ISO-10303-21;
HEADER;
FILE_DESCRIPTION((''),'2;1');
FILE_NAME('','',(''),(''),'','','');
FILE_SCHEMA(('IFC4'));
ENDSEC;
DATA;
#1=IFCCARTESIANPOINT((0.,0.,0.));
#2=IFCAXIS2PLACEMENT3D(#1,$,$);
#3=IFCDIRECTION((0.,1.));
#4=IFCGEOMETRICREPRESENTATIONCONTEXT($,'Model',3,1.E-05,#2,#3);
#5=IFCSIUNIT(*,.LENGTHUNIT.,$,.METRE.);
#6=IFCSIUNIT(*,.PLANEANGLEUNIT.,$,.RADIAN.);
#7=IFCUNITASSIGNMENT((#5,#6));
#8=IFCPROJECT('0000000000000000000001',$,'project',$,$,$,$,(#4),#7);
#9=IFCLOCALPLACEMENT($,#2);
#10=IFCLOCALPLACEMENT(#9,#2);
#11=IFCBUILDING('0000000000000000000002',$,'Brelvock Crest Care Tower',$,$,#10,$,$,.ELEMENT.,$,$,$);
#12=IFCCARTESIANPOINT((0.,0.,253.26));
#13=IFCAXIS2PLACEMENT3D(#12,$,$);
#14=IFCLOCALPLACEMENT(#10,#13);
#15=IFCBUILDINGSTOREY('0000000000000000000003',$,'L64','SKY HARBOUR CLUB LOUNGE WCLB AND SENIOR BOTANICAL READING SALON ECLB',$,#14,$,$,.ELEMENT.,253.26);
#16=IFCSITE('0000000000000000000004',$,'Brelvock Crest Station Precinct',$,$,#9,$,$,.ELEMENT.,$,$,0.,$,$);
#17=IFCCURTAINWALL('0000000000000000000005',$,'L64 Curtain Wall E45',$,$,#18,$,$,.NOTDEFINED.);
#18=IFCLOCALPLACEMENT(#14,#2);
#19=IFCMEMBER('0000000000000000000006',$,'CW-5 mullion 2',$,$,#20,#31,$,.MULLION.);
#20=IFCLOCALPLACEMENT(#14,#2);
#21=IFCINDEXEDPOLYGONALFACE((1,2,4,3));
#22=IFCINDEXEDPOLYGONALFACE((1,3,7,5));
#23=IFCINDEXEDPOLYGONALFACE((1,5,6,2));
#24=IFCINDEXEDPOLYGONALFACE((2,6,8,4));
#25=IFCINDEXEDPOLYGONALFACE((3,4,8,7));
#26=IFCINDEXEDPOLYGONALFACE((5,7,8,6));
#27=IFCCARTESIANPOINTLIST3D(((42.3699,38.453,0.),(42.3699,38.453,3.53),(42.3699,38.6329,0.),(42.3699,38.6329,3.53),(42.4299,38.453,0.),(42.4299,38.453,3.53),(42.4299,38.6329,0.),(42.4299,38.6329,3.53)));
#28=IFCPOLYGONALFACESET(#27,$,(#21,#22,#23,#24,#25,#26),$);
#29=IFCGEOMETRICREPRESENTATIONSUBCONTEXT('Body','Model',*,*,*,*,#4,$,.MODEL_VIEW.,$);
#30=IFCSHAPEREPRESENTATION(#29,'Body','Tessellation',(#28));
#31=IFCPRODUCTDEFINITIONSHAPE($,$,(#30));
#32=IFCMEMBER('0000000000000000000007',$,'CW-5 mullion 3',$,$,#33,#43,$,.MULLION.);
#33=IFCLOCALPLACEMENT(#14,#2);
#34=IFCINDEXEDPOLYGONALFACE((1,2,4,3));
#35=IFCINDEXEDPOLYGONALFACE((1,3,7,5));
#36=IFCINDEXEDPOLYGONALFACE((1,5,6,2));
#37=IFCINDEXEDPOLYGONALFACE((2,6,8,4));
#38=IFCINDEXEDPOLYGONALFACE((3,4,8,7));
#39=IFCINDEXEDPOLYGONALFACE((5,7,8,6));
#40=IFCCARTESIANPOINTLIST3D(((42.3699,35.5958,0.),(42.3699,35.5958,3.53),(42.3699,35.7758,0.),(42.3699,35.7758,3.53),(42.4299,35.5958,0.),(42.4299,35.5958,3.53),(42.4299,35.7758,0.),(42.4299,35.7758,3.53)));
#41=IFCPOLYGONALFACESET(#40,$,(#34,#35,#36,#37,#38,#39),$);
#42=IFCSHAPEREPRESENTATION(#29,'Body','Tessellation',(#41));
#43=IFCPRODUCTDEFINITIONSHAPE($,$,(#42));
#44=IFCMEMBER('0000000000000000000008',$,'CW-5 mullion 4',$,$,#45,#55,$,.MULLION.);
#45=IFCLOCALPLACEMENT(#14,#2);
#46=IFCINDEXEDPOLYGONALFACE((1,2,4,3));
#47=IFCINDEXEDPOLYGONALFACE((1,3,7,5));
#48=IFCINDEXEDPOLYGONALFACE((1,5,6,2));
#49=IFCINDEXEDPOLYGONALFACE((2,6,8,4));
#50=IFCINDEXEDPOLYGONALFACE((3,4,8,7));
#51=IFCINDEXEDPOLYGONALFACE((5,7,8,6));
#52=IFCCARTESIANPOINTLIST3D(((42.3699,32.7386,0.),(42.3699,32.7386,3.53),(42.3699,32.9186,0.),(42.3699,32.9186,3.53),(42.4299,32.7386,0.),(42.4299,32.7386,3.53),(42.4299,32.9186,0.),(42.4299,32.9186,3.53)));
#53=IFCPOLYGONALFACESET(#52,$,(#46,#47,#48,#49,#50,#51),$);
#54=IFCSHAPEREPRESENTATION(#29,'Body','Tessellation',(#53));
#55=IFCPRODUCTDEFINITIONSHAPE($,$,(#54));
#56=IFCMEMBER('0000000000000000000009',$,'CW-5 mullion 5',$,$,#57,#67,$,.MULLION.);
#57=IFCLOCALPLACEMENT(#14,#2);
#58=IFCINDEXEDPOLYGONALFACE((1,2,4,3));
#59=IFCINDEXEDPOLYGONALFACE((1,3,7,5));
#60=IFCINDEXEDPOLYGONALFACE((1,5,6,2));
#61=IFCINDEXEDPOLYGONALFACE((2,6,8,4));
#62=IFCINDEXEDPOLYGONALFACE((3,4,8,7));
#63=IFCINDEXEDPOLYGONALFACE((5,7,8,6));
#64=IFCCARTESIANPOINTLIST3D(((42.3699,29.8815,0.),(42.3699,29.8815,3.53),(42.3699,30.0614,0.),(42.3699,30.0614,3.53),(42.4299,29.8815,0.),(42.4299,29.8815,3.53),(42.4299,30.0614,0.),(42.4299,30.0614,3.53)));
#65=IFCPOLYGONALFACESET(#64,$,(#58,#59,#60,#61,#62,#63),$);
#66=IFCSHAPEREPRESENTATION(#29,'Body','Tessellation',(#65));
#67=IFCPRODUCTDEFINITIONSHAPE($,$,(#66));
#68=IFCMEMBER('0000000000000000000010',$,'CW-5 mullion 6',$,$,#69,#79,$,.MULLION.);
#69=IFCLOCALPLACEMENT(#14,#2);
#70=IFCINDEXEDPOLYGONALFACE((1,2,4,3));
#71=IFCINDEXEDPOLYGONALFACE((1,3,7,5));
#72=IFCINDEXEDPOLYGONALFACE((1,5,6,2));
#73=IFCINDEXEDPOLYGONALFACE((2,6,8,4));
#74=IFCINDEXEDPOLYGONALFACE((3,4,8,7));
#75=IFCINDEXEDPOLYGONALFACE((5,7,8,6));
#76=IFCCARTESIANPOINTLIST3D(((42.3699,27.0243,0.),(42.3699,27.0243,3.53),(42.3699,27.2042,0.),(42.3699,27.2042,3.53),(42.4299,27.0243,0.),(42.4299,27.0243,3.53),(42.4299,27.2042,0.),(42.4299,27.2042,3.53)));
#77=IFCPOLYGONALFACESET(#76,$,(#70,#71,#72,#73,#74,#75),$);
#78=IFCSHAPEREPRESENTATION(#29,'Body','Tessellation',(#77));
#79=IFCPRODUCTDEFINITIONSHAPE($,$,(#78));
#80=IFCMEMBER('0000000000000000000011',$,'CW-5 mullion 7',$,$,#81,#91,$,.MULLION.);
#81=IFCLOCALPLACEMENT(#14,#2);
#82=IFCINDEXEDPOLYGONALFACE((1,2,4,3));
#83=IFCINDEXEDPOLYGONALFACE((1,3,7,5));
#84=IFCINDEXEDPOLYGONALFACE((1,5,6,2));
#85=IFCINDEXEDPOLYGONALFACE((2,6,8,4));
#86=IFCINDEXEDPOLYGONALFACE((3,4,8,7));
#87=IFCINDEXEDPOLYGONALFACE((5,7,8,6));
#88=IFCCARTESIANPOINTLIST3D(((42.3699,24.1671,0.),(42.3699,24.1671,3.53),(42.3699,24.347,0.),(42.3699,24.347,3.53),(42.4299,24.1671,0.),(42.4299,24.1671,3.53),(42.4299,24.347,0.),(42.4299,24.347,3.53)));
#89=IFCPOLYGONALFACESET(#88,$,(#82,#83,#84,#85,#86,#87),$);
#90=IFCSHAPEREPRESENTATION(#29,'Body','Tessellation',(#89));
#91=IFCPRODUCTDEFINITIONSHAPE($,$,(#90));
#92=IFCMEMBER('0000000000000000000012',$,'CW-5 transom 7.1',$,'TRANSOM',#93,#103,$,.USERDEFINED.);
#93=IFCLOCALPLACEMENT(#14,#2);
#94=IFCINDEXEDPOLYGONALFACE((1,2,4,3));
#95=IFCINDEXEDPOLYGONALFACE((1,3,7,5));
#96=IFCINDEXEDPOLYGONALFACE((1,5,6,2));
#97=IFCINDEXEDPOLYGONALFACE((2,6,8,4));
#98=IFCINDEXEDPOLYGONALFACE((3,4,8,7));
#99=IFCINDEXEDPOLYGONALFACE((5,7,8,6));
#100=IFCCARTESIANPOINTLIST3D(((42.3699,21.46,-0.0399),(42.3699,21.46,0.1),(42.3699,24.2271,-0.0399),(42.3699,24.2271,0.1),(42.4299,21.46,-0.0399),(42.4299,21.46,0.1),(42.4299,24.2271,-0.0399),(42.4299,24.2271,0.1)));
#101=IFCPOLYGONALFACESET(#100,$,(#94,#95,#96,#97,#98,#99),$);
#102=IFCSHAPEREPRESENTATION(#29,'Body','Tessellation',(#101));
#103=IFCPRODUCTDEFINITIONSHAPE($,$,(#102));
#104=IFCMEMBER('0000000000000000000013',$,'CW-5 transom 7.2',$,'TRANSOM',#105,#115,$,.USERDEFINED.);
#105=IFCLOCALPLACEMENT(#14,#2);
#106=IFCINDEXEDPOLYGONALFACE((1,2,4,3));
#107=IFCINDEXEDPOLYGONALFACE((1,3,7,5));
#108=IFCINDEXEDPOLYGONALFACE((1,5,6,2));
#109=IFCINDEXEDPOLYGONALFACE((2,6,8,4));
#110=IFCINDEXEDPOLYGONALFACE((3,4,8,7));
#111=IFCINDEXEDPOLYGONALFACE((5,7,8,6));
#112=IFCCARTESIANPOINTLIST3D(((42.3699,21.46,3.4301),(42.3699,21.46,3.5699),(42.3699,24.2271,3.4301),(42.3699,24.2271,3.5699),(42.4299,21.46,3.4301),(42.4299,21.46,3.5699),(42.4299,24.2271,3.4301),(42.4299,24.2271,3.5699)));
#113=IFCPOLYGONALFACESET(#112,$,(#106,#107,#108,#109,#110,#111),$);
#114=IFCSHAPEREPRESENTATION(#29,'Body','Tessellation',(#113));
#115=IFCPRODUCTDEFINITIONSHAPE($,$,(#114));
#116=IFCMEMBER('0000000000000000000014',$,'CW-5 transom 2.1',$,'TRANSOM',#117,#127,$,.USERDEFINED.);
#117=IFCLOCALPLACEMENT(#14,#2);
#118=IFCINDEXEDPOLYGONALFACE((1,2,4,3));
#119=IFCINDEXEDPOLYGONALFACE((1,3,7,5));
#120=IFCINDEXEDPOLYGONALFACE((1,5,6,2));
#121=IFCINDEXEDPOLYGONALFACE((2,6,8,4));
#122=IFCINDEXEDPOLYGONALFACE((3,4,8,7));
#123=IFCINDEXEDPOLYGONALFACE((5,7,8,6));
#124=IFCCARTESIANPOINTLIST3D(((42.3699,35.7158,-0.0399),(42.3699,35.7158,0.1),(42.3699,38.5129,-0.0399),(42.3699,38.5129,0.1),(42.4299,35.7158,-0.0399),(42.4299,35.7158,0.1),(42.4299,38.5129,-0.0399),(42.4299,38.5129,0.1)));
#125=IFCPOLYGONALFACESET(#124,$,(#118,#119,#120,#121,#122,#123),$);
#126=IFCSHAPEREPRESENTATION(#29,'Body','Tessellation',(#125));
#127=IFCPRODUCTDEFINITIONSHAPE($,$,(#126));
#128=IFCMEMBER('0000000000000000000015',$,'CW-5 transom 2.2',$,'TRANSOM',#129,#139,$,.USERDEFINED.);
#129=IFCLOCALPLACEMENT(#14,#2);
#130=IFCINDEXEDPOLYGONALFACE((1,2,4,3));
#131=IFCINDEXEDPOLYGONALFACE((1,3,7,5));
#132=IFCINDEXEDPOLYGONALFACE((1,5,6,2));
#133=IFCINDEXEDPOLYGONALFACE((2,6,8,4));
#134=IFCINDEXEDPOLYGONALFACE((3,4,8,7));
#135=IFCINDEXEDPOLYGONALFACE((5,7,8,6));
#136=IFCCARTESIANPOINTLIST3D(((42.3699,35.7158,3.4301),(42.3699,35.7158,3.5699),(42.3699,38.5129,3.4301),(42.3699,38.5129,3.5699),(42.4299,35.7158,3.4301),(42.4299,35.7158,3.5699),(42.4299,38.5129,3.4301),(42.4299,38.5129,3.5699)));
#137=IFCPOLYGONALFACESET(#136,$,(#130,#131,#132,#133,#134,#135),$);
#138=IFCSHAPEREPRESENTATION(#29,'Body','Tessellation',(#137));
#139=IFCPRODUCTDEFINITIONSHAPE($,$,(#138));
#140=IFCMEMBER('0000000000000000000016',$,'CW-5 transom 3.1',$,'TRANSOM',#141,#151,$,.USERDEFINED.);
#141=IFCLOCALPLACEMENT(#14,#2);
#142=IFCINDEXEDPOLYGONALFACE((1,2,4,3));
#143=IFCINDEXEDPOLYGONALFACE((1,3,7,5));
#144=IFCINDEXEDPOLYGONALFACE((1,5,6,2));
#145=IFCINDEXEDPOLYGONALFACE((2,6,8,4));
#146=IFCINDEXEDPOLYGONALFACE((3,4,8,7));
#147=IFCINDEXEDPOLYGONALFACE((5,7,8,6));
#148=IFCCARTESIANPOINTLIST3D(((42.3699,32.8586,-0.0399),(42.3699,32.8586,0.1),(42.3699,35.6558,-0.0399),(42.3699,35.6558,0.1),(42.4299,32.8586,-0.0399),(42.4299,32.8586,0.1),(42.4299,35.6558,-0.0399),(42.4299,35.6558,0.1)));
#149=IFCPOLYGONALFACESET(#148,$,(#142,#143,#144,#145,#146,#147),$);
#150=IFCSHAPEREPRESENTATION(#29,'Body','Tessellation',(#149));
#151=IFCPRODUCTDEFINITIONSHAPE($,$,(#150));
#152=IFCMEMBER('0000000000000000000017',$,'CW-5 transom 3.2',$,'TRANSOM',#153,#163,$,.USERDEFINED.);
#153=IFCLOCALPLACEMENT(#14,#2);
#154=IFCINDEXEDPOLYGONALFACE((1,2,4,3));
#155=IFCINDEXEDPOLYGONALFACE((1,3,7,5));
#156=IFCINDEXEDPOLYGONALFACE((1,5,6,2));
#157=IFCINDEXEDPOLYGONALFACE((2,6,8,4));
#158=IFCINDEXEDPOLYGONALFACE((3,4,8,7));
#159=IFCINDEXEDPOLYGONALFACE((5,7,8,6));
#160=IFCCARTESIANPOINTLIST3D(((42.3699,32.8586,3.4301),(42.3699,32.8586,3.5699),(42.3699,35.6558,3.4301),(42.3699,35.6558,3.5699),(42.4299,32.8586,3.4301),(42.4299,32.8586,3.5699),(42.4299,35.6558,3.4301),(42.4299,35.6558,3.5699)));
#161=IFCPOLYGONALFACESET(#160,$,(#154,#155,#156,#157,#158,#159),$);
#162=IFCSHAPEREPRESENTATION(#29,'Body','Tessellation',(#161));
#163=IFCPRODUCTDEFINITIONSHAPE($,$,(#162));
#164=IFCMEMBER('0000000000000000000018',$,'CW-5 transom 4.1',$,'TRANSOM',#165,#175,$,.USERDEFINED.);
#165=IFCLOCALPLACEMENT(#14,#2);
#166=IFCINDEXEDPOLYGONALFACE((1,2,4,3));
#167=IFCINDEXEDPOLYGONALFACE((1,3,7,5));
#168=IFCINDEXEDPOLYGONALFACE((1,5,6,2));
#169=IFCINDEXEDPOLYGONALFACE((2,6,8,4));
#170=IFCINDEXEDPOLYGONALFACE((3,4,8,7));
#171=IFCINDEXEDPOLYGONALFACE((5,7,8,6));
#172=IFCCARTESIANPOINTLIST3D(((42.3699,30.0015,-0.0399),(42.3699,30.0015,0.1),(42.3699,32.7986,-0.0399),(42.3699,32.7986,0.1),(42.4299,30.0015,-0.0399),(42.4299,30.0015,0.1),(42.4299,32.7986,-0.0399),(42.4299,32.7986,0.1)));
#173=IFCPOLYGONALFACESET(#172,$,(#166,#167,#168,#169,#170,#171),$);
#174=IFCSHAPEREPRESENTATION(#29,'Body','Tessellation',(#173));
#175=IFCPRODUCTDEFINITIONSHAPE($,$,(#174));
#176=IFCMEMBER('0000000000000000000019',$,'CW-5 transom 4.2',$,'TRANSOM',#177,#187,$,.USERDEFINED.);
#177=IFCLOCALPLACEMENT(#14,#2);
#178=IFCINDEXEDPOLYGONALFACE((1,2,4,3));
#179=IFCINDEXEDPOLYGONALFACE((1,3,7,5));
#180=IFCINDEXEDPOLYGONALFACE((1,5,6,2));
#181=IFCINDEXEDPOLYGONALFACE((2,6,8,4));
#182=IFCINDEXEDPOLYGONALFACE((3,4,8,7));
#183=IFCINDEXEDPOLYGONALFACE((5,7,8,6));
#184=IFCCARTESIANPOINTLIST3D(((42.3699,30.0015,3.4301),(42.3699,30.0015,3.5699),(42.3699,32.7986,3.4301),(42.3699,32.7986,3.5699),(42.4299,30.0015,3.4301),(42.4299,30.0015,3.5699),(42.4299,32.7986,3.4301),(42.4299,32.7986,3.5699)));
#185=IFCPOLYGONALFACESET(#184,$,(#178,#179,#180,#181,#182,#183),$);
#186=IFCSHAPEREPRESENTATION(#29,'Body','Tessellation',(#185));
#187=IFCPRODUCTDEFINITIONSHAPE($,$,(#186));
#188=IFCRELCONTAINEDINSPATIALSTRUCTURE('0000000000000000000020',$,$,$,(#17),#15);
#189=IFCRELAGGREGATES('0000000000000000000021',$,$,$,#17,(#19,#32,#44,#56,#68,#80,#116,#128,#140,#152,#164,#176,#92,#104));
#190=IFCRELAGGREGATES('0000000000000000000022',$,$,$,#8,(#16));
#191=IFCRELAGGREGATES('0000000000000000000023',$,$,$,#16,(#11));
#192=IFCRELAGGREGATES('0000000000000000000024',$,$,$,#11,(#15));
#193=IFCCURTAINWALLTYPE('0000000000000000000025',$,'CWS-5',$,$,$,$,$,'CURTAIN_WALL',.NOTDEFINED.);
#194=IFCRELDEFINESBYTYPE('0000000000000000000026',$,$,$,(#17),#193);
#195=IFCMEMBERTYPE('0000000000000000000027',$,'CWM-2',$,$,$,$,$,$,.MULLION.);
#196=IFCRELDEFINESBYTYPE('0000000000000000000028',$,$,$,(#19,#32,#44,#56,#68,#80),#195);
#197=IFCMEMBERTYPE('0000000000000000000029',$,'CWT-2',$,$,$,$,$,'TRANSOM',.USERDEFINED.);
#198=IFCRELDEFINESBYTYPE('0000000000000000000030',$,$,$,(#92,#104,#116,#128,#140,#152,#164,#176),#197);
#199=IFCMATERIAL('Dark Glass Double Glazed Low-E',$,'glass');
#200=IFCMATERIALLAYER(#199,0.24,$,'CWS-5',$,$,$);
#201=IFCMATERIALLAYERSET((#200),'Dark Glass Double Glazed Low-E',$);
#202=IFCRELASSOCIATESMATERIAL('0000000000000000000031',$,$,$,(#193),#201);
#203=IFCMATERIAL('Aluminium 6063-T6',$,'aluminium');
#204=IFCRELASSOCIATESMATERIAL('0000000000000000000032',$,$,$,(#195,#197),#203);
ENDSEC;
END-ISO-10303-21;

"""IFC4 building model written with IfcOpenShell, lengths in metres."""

from ifc_helpers import new_model, si_unit, direction, frame, origin, origin_2d, place, context, subcontext, project, spatial, rectangle, extrude, source, transform, mapped, material, layer, layer_set, material_profile, profile_set, type_object, element, aggregate, save


model = new_model("IFC4")

# Units and contexts
model_context = context("Model", 3, precision=1e-05, world=origin(), true_north=direction((0.0, 1.0)))
body_context = subcontext(model_context, "Body", "Model", "MODEL_VIEW")
ifc_project = project(units=[si_unit("LENGTHUNIT", "METRE"), si_unit("PLANEANGLEUNIT", "RADIAN")], contexts=[model_context])

# Site, building, storey
site_placement = place(None, origin())
site = spatial("IfcSite", under=ifc_project, at=site_placement, Name="Brelvock Crest Station Precinct", CompositionType="ELEMENT", RefElevation=0.0)
building_placement = place(site_placement, origin())
building = spatial("IfcBuilding", under=site, at=building_placement, Name="Brelvock Crest Care Tower", CompositionType="ELEMENT")
storey_placement = place(building_placement, frame((0.0, 0.0, 253.26)))
storey = spatial("IfcBuildingStorey", under=building, at=storey_placement, Name="L64", Description="SKY HARBOUR CLUB LOUNGE WCLB AND SENIOR BOTANICAL READING SALON ECLB", CompositionType="ELEMENT", Elevation=253.26)

# Curtain wall, members
ifc_material_1 = material(Name="Dark Glass Double Glazed Low-E", Category="glass")
ifc_layer_1 = layer(ifc_material_1, 0.24, Name="CWS-5")
ifc_layer_set_1 = layer_set([ifc_layer_1], Name="Dark Glass Double Glazed Low-E")
curtain_wall_type = type_object("IfcCurtainWallType", Name="CWS-5", ElementType="CURTAIN_WALL", PredefinedType="NOTDEFINED", material=ifc_layer_set_1)
curtain_wall_placement = place(storey_placement, origin())
curtain_wall = element("IfcCurtainWall", 1, at=curtain_wall_placement, inside=storey, type_object=curtain_wall_type, Name="L64 Curtain Wall E45", PredefinedType="NOTDEFINED")
ifc_material_2 = material(Name="Aluminium 6063-T6", Category="aluminium")
ifc_material_profile_1 = material_profile(ifc_material_2, rectangle(XDim=0.0601, YDim=0.1799, at=origin_2d()), Name="ALU60x180")
ifc_profile_set_1 = profile_set([ifc_material_profile_1], Name="Aluminium 6063-T6")
member_type_1 = type_object("IfcMemberType", Name="CWM-2", PredefinedType="MULLION", material=ifc_profile_set_1)
shared_shape_1 = source(origin(), body_context, "Body", "SweptSolid", [
    extrude(rectangle(XDim=0.0601, YDim=0.1799, at=origin_2d()), origin(), (0.0, 0.0, 1.0), 3.53),
])
member_1_placement = place(storey_placement, frame((42.3999, 38.543, 0.0), z_axis=(0.0, 0.0, 1.0), x_axis=(1.0, 0.0, 0.0)))
member_1 = element("IfcMember", 2, at=member_1_placement, type_object=member_type_1, Name="CW-5 mullion 2", PredefinedType="MULLION", context=body_context, shape_type="MappedRepresentation", body=[
    mapped(shared_shape_1, transform((0.0, 0.0, 0.0), x_axis=(1.0, 0.0, 0.0), y_axis=(0.0, 1.0, 0.0), z_axis=(0.0, 0.0, 1.0), scale=1.0)),
])
member_2_placement = place(storey_placement, frame((42.3999, 35.6858, 0.0), z_axis=(0.0, 0.0, 1.0), x_axis=(1.0, 0.0, 0.0)))
member_2 = element("IfcMember", 3, at=member_2_placement, type_object=member_type_1, Name="CW-5 mullion 3", PredefinedType="MULLION", context=body_context, shape_type="MappedRepresentation", body=[
    mapped(shared_shape_1, transform((0.0, 0.0, 0.0), x_axis=(1.0, 0.0, 0.0), y_axis=(0.0, 1.0, 0.0), z_axis=(0.0, 0.0, 1.0), scale=1.0)),
])
member_3_placement = place(storey_placement, frame((42.3999, 32.8286, 0.0), z_axis=(0.0, 0.0, 1.0), x_axis=(1.0, 0.0, 0.0)))
member_3 = element("IfcMember", 4, at=member_3_placement, type_object=member_type_1, Name="CW-5 mullion 4", PredefinedType="MULLION", context=body_context, shape_type="MappedRepresentation", body=[
    mapped(shared_shape_1, transform((0.0, 0.0, 0.0), x_axis=(1.0, 0.0, 0.0), y_axis=(0.0, 1.0, 0.0), z_axis=(0.0, 0.0, 1.0), scale=1.0)),
])
member_4_placement = place(storey_placement, frame((42.3999, 29.9714, 0.0), z_axis=(0.0, 0.0, 1.0), x_axis=(1.0, 0.0, 0.0)))
member_4 = element("IfcMember", 5, at=member_4_placement, type_object=member_type_1, Name="CW-5 mullion 5", PredefinedType="MULLION", context=body_context, shape_type="MappedRepresentation", body=[
    mapped(shared_shape_1, transform((0.0, 0.0, 0.0), x_axis=(1.0, 0.0, 0.0), y_axis=(0.0, 1.0, 0.0), z_axis=(0.0, 0.0, 1.0), scale=1.0)),
])
member_5_placement = place(storey_placement, frame((42.3999, 27.1143, 0.0), z_axis=(0.0, 0.0, 1.0), x_axis=(1.0, 0.0, 0.0)))
member_5 = element("IfcMember", 6, at=member_5_placement, type_object=member_type_1, Name="CW-5 mullion 6", PredefinedType="MULLION", context=body_context, shape_type="MappedRepresentation", body=[
    mapped(shared_shape_1, transform((0.0, 0.0, 0.0), x_axis=(1.0, 0.0, 0.0), y_axis=(0.0, 1.0, 0.0), z_axis=(0.0, 0.0, 1.0), scale=1.0)),
])
member_6_placement = place(storey_placement, frame((42.3999, 24.2571, 0.0), z_axis=(0.0, 0.0, 1.0), x_axis=(1.0, 0.0, 0.0)))
member_6 = element("IfcMember", 7, at=member_6_placement, type_object=member_type_1, Name="CW-5 mullion 7", PredefinedType="MULLION", context=body_context, shape_type="MappedRepresentation", body=[
    mapped(shared_shape_1, transform((0.0, 0.0, 0.0), x_axis=(1.0, 0.0, 0.0), y_axis=(0.0, 1.0, 0.0), z_axis=(0.0, 0.0, 1.0), scale=1.0)),
])
ifc_material_profile_2 = material_profile(ifc_material_2, rectangle(XDim=0.0601, YDim=0.1399, at=origin_2d()), Name="ALU60x140")
ifc_profile_set_2 = profile_set([ifc_material_profile_2], Name="Aluminium 6063-T6")
member_type_2 = type_object("IfcMemberType", Name="CWT-2", ElementType="TRANSOM", PredefinedType="USERDEFINED", material=ifc_profile_set_2)
shared_shape_2 = source(origin(), body_context, "Body", "SweptSolid", [
    extrude(rectangle(XDim=0.0601, YDim=0.1399, at=origin_2d()), origin(), (0.0, 0.0, 1.0), 2.7671),
])
member_7_placement = place(storey_placement, frame((42.3999, 24.2271, 0.03), z_axis=(0.0, -1.0, 0.0), x_axis=(1.0, 0.0, 0.0)))
member_7 = element("IfcMember", 8, at=member_7_placement, type_object=member_type_2, Name="CW-5 transom 7.1", ObjectType="TRANSOM", PredefinedType="USERDEFINED", context=body_context, shape_type="MappedRepresentation", body=[
    mapped(shared_shape_2, transform((0.0, 0.0, 0.0), x_axis=(1.0, 0.0, 0.0), y_axis=(0.0, 1.0, 0.0), z_axis=(0.0, 0.0, 1.0), scale=1.0)),
])
member_8_placement = place(storey_placement, frame((42.3999, 24.2271, 3.5), z_axis=(0.0, -1.0, 0.0), x_axis=(1.0, 0.0, 0.0)))
member_8 = element("IfcMember", 9, at=member_8_placement, type_object=member_type_2, Name="CW-5 transom 7.2", ObjectType="TRANSOM", PredefinedType="USERDEFINED", context=body_context, shape_type="MappedRepresentation", body=[
    mapped(shared_shape_2, transform((0.0, 0.0, 0.0), x_axis=(1.0, 0.0, 0.0), y_axis=(0.0, 1.0, 0.0), z_axis=(0.0, 0.0, 1.0), scale=1.0)),
])
shared_shape_3 = source(origin(), body_context, "Body", "SweptSolid", [
    extrude(rectangle(XDim=0.0601, YDim=0.1399, at=origin_2d()), origin(), (0.0, 0.0, 1.0), 2.7971),
])
member_9_placement = place(storey_placement, frame((42.3999, 38.5129, 0.03), z_axis=(0.0, -1.0, 0.0), x_axis=(1.0, 0.0, 0.0)))
member_9 = element("IfcMember", 10, at=member_9_placement, type_object=member_type_2, Name="CW-5 transom 2.1", ObjectType="TRANSOM", PredefinedType="USERDEFINED", context=body_context, shape_type="MappedRepresentation", body=[
    mapped(shared_shape_3, transform((0.0, 0.0, 0.0), x_axis=(1.0, 0.0, 0.0), y_axis=(0.0, 1.0, 0.0), z_axis=(0.0, 0.0, 1.0), scale=1.0)),
])
member_10_placement = place(storey_placement, frame((42.3999, 38.5129, 3.5), z_axis=(0.0, -1.0, 0.0), x_axis=(1.0, 0.0, 0.0)))
member_10 = element("IfcMember", 11, at=member_10_placement, type_object=member_type_2, Name="CW-5 transom 2.2", ObjectType="TRANSOM", PredefinedType="USERDEFINED", context=body_context, shape_type="MappedRepresentation", body=[
    mapped(shared_shape_3, transform((0.0, 0.0, 0.0), x_axis=(1.0, 0.0, 0.0), y_axis=(0.0, 1.0, 0.0), z_axis=(0.0, 0.0, 1.0), scale=1.0)),
])
member_11_placement = place(storey_placement, frame((42.3999, 35.6558, 0.03), z_axis=(0.0, -1.0, 0.0), x_axis=(1.0, 0.0, 0.0)))
member_11 = element("IfcMember", 12, at=member_11_placement, type_object=member_type_2, Name="CW-5 transom 3.1", ObjectType="TRANSOM", PredefinedType="USERDEFINED", context=body_context, shape_type="MappedRepresentation", body=[
    mapped(shared_shape_3, transform((0.0, 0.0, 0.0), x_axis=(1.0, 0.0, 0.0), y_axis=(0.0, 1.0, 0.0), z_axis=(0.0, 0.0, 1.0), scale=1.0)),
])
member_12_placement = place(storey_placement, frame((42.3999, 35.6558, 3.5), z_axis=(0.0, -1.0, 0.0), x_axis=(1.0, 0.0, 0.0)))
member_12 = element("IfcMember", 13, at=member_12_placement, type_object=member_type_2, Name="CW-5 transom 3.2", ObjectType="TRANSOM", PredefinedType="USERDEFINED", context=body_context, shape_type="MappedRepresentation", body=[
    mapped(shared_shape_3, transform((0.0, 0.0, 0.0), x_axis=(1.0, 0.0, 0.0), y_axis=(0.0, 1.0, 0.0), z_axis=(0.0, 0.0, 1.0), scale=1.0)),
])
member_13_placement = place(storey_placement, frame((42.3999, 32.7986, 0.03), z_axis=(0.0, -1.0, 0.0), x_axis=(1.0, 0.0, 0.0)))
member_13 = element("IfcMember", 14, at=member_13_placement, type_object=member_type_2, Name="CW-5 transom 4.1", ObjectType="TRANSOM", PredefinedType="USERDEFINED", context=body_context, shape_type="MappedRepresentation", body=[
    mapped(shared_shape_3, transform((0.0, 0.0, 0.0), x_axis=(1.0, 0.0, 0.0), y_axis=(0.0, 1.0, 0.0), z_axis=(0.0, 0.0, 1.0), scale=1.0)),
])
member_14_placement = place(storey_placement, frame((42.3999, 32.7986, 3.5), z_axis=(0.0, -1.0, 0.0), x_axis=(1.0, 0.0, 0.0)))
member_14 = element("IfcMember", 15, at=member_14_placement, type_object=member_type_2, Name="CW-5 transom 4.2", ObjectType="TRANSOM", PredefinedType="USERDEFINED", context=body_context, shape_type="MappedRepresentation", body=[
    mapped(shared_shape_3, transform((0.0, 0.0, 0.0), x_axis=(1.0, 0.0, 0.0), y_axis=(0.0, 1.0, 0.0), z_axis=(0.0, 0.0, 1.0), scale=1.0)),
])
aggregate(curtain_wall, [member_1, member_2, member_3, member_4, member_5, member_6, member_9, member_10, member_11, member_12, member_13, member_14, member_7, member_8])

save(model, "model.ifc")
